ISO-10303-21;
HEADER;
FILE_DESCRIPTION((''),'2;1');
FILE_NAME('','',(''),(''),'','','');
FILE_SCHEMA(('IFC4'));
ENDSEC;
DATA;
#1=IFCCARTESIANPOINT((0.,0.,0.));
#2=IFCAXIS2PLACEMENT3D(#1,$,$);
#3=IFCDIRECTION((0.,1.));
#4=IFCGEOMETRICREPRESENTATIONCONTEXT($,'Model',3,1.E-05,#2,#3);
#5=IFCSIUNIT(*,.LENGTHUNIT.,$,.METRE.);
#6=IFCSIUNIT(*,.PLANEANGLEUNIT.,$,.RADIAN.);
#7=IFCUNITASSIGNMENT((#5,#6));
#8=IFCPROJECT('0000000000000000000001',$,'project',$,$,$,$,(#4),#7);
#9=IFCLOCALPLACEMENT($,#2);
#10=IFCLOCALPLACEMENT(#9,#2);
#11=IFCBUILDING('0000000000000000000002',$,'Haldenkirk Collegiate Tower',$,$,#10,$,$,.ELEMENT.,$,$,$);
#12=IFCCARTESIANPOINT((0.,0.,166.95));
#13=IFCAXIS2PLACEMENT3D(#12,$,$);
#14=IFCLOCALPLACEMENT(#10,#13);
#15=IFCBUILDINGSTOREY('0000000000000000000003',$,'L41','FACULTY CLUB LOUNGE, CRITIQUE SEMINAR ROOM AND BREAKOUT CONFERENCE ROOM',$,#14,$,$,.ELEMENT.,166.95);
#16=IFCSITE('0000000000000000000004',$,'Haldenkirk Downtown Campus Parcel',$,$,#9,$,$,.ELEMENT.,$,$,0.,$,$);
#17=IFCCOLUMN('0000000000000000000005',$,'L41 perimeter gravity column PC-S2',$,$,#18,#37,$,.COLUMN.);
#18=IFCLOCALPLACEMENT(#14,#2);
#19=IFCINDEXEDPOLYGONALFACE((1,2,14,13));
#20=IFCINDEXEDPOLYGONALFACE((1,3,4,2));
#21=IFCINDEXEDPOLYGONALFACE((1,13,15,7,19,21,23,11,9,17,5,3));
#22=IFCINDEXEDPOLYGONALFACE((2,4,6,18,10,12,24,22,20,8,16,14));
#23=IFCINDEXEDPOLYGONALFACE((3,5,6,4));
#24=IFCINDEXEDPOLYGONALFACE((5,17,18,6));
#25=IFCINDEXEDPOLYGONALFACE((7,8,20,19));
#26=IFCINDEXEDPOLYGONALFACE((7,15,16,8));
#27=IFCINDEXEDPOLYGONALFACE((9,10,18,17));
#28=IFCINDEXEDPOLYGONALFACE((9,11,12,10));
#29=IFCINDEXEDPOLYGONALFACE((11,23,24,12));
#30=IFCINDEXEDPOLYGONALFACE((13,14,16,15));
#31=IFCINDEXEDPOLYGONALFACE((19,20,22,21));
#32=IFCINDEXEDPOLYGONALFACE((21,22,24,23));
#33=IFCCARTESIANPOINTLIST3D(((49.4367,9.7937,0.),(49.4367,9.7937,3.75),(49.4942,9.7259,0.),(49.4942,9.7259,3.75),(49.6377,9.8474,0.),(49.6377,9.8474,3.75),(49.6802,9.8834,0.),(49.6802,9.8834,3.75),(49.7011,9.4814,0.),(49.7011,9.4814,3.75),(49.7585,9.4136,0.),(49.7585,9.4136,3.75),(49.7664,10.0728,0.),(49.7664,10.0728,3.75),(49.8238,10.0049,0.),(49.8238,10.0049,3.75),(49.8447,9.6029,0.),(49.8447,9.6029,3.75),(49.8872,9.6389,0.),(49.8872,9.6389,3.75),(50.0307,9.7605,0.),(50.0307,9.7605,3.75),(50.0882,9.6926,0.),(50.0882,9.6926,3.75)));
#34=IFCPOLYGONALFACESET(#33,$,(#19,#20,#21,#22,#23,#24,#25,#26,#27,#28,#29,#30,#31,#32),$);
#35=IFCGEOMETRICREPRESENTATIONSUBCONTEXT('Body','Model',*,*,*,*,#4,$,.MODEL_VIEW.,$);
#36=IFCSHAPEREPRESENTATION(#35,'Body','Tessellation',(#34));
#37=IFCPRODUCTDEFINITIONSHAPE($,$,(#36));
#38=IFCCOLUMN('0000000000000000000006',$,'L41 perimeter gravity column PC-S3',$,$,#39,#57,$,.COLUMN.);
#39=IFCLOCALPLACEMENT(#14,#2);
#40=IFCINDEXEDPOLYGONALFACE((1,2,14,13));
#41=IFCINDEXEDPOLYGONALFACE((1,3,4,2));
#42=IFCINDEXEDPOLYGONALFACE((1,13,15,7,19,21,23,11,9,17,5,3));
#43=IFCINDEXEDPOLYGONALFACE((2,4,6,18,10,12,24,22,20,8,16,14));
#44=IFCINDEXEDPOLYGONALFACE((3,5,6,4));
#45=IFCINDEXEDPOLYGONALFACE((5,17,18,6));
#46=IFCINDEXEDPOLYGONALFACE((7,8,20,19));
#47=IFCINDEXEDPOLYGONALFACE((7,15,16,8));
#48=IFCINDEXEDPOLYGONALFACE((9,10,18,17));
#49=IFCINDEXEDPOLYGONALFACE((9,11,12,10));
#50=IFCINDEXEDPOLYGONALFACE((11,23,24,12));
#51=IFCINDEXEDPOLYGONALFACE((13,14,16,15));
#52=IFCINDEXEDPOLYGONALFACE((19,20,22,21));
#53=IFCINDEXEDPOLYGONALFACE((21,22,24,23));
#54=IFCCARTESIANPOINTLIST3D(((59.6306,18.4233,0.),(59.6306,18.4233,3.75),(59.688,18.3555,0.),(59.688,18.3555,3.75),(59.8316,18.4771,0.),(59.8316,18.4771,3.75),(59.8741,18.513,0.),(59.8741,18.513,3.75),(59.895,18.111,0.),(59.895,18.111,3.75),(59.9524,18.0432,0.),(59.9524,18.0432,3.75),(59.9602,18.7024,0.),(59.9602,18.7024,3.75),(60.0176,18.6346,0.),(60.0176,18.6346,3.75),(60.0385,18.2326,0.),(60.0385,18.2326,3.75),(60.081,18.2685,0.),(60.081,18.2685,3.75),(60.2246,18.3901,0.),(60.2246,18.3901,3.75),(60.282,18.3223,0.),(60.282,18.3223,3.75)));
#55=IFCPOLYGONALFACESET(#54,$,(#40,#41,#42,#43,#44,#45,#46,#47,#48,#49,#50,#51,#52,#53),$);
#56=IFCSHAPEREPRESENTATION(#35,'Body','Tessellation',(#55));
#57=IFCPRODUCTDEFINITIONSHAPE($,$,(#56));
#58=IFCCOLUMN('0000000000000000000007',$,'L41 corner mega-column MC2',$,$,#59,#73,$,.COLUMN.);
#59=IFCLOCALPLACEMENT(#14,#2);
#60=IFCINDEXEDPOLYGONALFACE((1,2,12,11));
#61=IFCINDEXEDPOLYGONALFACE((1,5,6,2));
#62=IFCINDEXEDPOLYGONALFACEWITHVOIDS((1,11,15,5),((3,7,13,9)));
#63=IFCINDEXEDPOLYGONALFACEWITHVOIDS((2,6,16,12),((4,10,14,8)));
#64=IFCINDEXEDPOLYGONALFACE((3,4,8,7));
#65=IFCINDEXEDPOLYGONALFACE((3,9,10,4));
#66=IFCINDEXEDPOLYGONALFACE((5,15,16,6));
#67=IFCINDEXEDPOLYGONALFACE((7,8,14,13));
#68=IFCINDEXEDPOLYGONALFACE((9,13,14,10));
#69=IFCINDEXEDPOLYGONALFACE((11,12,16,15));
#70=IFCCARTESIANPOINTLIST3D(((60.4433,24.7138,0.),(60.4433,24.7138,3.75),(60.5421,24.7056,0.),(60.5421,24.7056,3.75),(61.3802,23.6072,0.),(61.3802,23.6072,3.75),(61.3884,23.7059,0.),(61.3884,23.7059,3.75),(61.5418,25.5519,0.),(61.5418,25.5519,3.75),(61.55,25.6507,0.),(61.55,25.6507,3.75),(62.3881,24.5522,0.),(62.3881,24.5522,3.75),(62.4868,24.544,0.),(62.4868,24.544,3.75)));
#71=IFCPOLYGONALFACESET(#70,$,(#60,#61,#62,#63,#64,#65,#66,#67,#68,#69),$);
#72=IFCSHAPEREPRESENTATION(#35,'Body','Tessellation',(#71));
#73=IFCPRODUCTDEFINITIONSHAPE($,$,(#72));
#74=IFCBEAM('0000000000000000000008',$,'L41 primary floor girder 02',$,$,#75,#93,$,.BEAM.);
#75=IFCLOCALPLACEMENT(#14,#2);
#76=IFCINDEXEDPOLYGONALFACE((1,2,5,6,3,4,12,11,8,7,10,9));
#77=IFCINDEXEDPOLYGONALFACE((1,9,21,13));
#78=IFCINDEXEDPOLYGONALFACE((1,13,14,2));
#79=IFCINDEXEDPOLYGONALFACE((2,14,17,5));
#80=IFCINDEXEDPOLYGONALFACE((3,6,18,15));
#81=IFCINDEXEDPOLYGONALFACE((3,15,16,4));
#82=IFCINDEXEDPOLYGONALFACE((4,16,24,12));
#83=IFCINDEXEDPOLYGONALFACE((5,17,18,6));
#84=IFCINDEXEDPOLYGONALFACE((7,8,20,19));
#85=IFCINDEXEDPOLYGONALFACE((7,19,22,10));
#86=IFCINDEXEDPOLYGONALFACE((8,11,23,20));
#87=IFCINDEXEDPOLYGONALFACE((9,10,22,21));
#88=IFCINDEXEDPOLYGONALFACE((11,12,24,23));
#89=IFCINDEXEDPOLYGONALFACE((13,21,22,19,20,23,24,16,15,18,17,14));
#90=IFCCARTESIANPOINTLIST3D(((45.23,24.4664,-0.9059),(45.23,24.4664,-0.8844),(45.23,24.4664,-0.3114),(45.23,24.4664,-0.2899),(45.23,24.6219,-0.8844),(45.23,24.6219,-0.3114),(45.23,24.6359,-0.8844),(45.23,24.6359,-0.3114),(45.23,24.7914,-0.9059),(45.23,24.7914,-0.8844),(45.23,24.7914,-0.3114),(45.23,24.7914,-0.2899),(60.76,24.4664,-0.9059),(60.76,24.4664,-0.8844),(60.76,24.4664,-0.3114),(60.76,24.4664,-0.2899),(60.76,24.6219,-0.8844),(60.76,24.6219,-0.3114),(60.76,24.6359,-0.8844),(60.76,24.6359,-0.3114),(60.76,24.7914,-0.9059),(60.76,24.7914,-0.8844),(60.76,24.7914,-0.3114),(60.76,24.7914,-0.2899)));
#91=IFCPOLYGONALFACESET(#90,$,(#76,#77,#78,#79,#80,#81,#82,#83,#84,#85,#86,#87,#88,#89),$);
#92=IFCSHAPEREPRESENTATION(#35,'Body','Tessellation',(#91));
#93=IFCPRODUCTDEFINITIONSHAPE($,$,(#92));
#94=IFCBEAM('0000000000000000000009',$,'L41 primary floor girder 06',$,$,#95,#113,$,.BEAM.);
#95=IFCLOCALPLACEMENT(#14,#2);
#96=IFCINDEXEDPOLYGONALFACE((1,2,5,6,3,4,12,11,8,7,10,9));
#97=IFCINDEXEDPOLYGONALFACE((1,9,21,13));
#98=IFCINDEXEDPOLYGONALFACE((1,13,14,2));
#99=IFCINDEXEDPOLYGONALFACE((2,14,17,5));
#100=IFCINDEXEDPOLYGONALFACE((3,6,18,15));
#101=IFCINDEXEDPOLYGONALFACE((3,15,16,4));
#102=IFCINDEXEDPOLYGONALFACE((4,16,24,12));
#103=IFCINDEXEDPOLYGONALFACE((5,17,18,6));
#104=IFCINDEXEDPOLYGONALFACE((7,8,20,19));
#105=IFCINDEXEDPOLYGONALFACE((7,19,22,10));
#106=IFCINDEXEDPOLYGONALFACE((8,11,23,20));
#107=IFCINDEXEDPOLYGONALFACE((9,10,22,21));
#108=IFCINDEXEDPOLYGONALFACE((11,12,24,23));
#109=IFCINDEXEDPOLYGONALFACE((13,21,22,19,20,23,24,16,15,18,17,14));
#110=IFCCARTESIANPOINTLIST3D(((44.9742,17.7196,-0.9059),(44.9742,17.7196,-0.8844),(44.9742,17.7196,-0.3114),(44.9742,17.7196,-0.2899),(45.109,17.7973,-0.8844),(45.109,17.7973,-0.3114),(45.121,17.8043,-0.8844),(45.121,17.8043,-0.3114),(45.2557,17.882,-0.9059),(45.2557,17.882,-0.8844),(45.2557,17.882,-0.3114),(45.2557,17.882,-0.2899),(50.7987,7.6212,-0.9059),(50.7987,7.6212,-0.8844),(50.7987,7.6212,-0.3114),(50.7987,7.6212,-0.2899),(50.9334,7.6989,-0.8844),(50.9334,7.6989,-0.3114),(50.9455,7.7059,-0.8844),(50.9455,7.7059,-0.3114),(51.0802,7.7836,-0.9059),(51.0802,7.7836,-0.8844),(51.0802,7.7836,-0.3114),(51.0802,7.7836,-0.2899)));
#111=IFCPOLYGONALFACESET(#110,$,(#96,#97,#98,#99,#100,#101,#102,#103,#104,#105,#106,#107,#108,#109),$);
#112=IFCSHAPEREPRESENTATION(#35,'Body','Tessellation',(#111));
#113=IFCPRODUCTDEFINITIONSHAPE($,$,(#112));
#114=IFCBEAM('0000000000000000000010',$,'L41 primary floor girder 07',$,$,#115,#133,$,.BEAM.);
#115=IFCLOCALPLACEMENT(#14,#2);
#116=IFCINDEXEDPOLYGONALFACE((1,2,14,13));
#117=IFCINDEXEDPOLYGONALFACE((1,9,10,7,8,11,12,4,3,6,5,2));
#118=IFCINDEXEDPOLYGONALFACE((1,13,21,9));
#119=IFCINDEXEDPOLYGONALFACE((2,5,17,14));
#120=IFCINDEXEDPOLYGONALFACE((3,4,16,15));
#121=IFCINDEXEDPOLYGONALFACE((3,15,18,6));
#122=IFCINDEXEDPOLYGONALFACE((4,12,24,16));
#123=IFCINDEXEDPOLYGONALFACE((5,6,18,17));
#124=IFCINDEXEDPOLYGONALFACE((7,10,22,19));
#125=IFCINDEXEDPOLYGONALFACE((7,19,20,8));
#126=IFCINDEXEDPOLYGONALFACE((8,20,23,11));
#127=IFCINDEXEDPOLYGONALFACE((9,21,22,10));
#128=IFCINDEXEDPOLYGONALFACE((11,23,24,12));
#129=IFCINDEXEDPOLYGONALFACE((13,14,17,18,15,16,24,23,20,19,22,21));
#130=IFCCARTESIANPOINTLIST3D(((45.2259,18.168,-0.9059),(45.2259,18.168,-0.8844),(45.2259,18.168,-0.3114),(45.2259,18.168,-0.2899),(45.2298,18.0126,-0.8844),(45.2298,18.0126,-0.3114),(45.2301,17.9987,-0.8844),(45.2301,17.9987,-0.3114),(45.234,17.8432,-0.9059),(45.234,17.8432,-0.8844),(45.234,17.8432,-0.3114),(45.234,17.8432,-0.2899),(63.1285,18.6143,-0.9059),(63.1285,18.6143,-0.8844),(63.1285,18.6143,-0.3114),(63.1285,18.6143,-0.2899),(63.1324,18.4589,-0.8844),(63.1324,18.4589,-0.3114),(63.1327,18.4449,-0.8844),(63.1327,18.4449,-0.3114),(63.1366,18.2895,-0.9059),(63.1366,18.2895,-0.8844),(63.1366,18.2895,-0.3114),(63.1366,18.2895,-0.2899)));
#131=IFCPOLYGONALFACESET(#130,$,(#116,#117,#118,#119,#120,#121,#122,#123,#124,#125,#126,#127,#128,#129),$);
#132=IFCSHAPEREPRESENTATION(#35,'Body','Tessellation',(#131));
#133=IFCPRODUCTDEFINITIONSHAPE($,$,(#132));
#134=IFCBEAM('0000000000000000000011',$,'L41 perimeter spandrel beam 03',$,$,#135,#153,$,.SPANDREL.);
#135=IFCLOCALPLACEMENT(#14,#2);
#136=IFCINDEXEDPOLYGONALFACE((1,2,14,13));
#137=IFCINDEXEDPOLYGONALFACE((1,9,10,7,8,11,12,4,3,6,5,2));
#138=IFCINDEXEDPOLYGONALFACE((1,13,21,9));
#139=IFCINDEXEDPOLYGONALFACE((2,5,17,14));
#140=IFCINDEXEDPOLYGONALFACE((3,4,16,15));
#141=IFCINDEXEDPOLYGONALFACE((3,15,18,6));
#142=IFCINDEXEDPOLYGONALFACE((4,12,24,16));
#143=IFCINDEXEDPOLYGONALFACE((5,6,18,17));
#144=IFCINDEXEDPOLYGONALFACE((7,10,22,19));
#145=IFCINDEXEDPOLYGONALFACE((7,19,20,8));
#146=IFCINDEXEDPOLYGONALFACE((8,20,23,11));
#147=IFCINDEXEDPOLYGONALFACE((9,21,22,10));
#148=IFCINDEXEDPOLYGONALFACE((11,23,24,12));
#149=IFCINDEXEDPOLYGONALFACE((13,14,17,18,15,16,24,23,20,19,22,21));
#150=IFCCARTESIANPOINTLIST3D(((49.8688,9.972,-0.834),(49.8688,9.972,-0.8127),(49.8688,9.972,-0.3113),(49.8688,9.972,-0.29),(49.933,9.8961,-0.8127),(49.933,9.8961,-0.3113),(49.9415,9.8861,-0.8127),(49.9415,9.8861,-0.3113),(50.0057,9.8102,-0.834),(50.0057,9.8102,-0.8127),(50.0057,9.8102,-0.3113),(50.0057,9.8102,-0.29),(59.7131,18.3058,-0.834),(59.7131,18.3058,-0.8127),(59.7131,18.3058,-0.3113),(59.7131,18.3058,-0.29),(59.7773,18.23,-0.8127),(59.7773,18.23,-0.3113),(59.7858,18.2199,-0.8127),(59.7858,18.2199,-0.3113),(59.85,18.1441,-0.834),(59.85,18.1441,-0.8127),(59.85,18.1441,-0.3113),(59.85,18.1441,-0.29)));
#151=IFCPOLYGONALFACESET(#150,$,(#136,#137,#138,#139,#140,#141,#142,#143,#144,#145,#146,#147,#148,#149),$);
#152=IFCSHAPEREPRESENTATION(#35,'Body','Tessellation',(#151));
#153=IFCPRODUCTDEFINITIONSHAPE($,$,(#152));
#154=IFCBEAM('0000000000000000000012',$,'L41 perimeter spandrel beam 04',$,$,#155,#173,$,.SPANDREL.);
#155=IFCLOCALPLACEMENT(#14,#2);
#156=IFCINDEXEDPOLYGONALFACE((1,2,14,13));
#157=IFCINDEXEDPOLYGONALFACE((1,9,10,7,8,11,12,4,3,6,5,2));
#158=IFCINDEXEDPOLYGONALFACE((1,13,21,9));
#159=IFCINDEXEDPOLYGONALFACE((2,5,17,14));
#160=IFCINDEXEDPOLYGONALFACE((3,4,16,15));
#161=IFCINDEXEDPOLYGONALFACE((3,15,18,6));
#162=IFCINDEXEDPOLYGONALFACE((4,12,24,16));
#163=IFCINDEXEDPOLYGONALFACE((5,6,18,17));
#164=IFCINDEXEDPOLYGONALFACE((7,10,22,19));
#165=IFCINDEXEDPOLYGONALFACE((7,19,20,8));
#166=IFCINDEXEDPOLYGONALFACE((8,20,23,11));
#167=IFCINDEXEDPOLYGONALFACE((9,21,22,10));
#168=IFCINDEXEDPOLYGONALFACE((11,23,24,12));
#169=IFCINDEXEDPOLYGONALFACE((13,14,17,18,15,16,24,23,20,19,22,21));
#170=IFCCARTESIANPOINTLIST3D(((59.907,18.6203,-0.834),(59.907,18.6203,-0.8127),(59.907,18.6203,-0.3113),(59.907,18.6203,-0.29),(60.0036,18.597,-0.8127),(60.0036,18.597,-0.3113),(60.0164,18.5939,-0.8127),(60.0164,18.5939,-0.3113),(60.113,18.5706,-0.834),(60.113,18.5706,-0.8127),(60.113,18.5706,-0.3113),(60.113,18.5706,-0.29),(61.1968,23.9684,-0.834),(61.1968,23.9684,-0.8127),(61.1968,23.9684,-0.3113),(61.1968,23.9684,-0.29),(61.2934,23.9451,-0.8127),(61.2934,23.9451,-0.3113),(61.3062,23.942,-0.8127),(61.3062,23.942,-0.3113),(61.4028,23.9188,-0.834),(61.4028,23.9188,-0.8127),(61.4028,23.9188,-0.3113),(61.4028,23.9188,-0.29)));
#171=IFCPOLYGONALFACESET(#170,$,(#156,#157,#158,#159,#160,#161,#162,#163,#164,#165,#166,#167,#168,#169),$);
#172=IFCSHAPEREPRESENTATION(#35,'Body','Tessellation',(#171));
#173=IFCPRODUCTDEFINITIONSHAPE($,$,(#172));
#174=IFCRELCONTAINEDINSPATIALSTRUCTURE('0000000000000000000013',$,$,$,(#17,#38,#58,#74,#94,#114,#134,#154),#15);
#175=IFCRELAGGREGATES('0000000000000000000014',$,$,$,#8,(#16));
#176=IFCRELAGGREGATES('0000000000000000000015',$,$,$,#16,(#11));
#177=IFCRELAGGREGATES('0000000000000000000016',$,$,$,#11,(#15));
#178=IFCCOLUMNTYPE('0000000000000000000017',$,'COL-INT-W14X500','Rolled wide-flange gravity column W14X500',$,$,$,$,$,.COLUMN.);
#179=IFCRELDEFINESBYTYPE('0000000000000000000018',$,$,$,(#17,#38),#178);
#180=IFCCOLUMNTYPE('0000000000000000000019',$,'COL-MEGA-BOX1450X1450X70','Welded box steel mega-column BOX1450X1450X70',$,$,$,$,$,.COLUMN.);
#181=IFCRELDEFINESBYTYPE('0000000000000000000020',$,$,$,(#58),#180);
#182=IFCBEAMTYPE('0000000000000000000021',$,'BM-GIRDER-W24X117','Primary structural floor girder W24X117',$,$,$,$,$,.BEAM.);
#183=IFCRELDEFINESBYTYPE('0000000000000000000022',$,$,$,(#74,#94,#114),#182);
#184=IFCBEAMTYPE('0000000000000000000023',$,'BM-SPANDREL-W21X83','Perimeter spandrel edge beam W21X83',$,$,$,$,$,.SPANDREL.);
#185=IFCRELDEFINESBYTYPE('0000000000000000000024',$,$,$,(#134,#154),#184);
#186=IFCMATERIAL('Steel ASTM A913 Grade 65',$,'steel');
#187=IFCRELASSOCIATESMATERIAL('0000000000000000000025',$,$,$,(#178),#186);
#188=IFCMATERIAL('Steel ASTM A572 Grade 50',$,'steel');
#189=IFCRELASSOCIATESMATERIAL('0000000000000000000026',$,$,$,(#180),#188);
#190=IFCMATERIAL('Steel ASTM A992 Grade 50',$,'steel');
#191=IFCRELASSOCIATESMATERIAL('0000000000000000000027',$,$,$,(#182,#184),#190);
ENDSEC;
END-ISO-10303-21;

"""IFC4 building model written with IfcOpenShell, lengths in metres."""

from ifc_helpers import new_model, si_unit, direction, frame, origin, origin_2d, place, context, subcontext, project, spatial, hollow_rectangle, i_section, extrude, material, material_profile, profile_set, type_object, element, save


model = new_model("IFC4")

# Units and contexts
model_context = context("Model", 3, precision=1e-05, world=origin(), true_north=direction((0.0, 1.0)))
body_context = subcontext(model_context, "Body", "Model", "MODEL_VIEW")
ifc_project = project(units=[si_unit("LENGTHUNIT", "METRE"), si_unit("PLANEANGLEUNIT", "RADIAN")], contexts=[model_context])

# Site, building, storey
site_placement = place(None, origin())
site = spatial("IfcSite", under=ifc_project, at=site_placement, Name="Haldenkirk Downtown Campus Parcel", CompositionType="ELEMENT", RefElevation=0.0)
building_placement = place(site_placement, origin())
building = spatial("IfcBuilding", under=site, at=building_placement, Name="Haldenkirk Collegiate Tower", CompositionType="ELEMENT")
storey_placement = place(building_placement, frame((0.0, 0.0, 166.95)))
storey = spatial("IfcBuildingStorey", under=building, at=storey_placement, Name="L41", Description="FACULTY CLUB LOUNGE, CRITIQUE SEMINAR ROOM AND BREAKOUT CONFERENCE ROOM", CompositionType="ELEMENT", Elevation=166.95)

# Columns
ifc_material_1 = material(Name="Steel ASTM A913 Grade 65", Category="steel")
ifc_material_profile_1 = material_profile(ifc_material_1, i_section(OverallWidth=0.4319, OverallDepth=0.498, WebThickness=0.0557, FlangeThickness=0.0889, at=origin_2d()), Name="W14X500")
ifc_profile_set_1 = profile_set([ifc_material_profile_1], Name="Steel ASTM A913 Grade 65")
column_type_1 = type_object("IfcColumnType", Name="COL-INT-W14X500", Description="Rolled wide-flange gravity column W14X500", PredefinedType="COLUMN", material=ifc_profile_set_1)
for number, where, z_axis, x_axis, name in (
    (1, (49.7625, 9.7432, 0.0), (0.0, 0.0, 1.0), (0.763232, 0.646124, 0.0), "L41 perimeter gravity column PC-S2"),
    (2, (59.9563, 18.3728, 0.0), (0.0, 0.0, 1.0), (0.763232, 0.646124, 0.0), "L41 perimeter gravity column PC-S3"),
):
    element("IfcColumn", number, at=place(storey_placement, frame(where, z_axis=z_axis, x_axis=x_axis)), inside=storey, type_object=column_type_1, Name=name, PredefinedType="COLUMN", context=body_context, shape_type="SweptSolid", body=[
        extrude(i_section(OverallWidth=0.4319, OverallDepth=0.498, WebThickness=0.0557, FlangeThickness=0.0889, at=origin_2d()), origin(), (0.0, 0.0, 1.0), 3.75),
    ])
ifc_material_2 = material(Name="Steel ASTM A572 Grade 50", Category="steel")
ifc_material_profile_2 = material_profile(ifc_material_2, hollow_rectangle(XDim=1.45, YDim=1.45, WallThickness=0.0701, at=origin_2d()), Name="BOX1450X1450X70")
ifc_profile_set_2 = profile_set([ifc_material_profile_2], Name="Steel ASTM A572 Grade 50")
column_type_2 = type_object("IfcColumnType", Name="COL-MEGA-BOX1450X1450X70", Description="Welded box steel mega-column BOX1450X1450X70", PredefinedType="COLUMN", material=ifc_profile_set_2)
column_placement = place(storey_placement, frame((61.4651, 24.6289, 0.0), z_axis=(0.0, 0.0, 1.0), x_axis=(0.763232, 0.646124, 0.0)))
element("IfcColumn", 3, at=column_placement, inside=storey, type_object=column_type_2, Name="L41 corner mega-column MC2", PredefinedType="COLUMN", context=body_context, shape_type="SweptSolid", body=[
    extrude(hollow_rectangle(XDim=1.45, YDim=1.45, WallThickness=0.0701, at=origin_2d()), origin(), (0.0, 0.0, 1.0), 3.75),
])

# Beams
ifc_material_3 = material(Name="Steel ASTM A992 Grade 50", Category="steel")
ifc_material_profile_3 = material_profile(ifc_material_3, i_section(OverallWidth=0.325, OverallDepth=0.616, WebThickness=0.0139, FlangeThickness=0.0215, at=origin_2d()), Name="W24X117")
ifc_profile_set_3 = profile_set([ifc_material_profile_3], Name="Steel ASTM A992 Grade 50")
beam_type_1 = type_object("IfcBeamType", Name="BM-GIRDER-W24X117", Description="Primary structural floor girder W24X117", PredefinedType="BEAM", material=ifc_profile_set_3)
beam_1_placement = place(storey_placement, frame((60.76, 24.6289, -0.5979), z_axis=(-1.0, 0.0, 0.0), x_axis=(0.0, -1.0, 0.0)))
element("IfcBeam", 4, at=beam_1_placement, inside=storey, type_object=beam_type_1, Name="L41 primary floor girder 02", PredefinedType="BEAM", context=body_context, shape_type="SweptSolid", body=[
    extrude(i_section(OverallWidth=0.325, OverallDepth=0.616, WebThickness=0.0139, FlangeThickness=0.0215, at=origin_2d()), origin(), (0.0, 0.0, 1.0), 15.53),
])
beam_2_placement = place(storey_placement, frame((50.9395, 7.7024, -0.5979), z_axis=(-0.499624, 0.866242, 0.0), x_axis=(-0.866242, -0.499624, 0.0)))
element("IfcBeam", 5, at=beam_2_placement, inside=storey, type_object=beam_type_1, Name="L41 primary floor girder 06", PredefinedType="BEAM", context=body_context, shape_type="SweptSolid", body=[
    extrude(i_section(OverallWidth=0.325, OverallDepth=0.616, WebThickness=0.0139, FlangeThickness=0.0215, at=origin_2d()), origin(), (0.0, 0.0, 1.0), 11.6577),
])
beam_3_placement = place(storey_placement, frame((63.1326, 18.4519, -0.5979), z_axis=(-0.999689, -0.024921, 0.0), x_axis=(0.024921, -0.999689, 0.0)))
element("IfcBeam", 6, at=beam_3_placement, inside=storey, type_object=beam_type_1, Name="L41 primary floor girder 07", PredefinedType="BEAM", context=body_context, shape_type="SweptSolid", body=[
    extrude(i_section(OverallWidth=0.325, OverallDepth=0.616, WebThickness=0.0139, FlangeThickness=0.0215, at=origin_2d()), origin(), (0.0, 0.0, 1.0), 17.9082),
])
ifc_material_profile_4 = material_profile(ifc_material_3, i_section(OverallWidth=0.2119, OverallDepth=0.5439, WebThickness=0.0132, FlangeThickness=0.0212, at=origin_2d()), Name="W21X83")
ifc_profile_set_4 = profile_set([ifc_material_profile_4], Name="Steel ASTM A992 Grade 50")
beam_type_2 = type_object("IfcBeamType", Name="BM-SPANDREL-W21X83", Description="Perimeter spandrel edge beam W21X83", PredefinedType="SPANDREL", material=ifc_profile_set_4)
beam_4_placement = place(storey_placement, frame((49.9373, 9.8911, -0.562), z_axis=(0.763233, 0.646123, 0.0), x_axis=(-0.646123, 0.763233, 0.0)))
element("IfcBeam", 7, at=beam_4_placement, inside=storey, type_object=beam_type_2, Name="L41 perimeter spandrel beam 03", PredefinedType="SPANDREL", context=body_context, shape_type="SweptSolid", body=[
    extrude(i_section(OverallWidth=0.2119, OverallDepth=0.5439, WebThickness=0.0132, FlangeThickness=0.0212, at=origin_2d()), origin(), (0.0, 0.0, 1.0), 12.8982),
])
beam_5_placement = place(storey_placement, frame((60.01, 18.5955, -0.562), z_axis=(0.234445, 0.972129, 0.0), x_axis=(-0.972129, 0.234445, 0.0)))
element("IfcBeam", 8, at=beam_5_placement, inside=storey, type_object=beam_type_2, Name="L41 perimeter spandrel beam 04", PredefinedType="SPANDREL", context=body_context, shape_type="SweptSolid", body=[
    extrude(i_section(OverallWidth=0.2119, OverallDepth=0.5439, WebThickness=0.0132, FlangeThickness=0.0212, at=origin_2d()), origin(), (0.0, 0.0, 1.0), 5.5015),
])

save(model, "model.ifc")
